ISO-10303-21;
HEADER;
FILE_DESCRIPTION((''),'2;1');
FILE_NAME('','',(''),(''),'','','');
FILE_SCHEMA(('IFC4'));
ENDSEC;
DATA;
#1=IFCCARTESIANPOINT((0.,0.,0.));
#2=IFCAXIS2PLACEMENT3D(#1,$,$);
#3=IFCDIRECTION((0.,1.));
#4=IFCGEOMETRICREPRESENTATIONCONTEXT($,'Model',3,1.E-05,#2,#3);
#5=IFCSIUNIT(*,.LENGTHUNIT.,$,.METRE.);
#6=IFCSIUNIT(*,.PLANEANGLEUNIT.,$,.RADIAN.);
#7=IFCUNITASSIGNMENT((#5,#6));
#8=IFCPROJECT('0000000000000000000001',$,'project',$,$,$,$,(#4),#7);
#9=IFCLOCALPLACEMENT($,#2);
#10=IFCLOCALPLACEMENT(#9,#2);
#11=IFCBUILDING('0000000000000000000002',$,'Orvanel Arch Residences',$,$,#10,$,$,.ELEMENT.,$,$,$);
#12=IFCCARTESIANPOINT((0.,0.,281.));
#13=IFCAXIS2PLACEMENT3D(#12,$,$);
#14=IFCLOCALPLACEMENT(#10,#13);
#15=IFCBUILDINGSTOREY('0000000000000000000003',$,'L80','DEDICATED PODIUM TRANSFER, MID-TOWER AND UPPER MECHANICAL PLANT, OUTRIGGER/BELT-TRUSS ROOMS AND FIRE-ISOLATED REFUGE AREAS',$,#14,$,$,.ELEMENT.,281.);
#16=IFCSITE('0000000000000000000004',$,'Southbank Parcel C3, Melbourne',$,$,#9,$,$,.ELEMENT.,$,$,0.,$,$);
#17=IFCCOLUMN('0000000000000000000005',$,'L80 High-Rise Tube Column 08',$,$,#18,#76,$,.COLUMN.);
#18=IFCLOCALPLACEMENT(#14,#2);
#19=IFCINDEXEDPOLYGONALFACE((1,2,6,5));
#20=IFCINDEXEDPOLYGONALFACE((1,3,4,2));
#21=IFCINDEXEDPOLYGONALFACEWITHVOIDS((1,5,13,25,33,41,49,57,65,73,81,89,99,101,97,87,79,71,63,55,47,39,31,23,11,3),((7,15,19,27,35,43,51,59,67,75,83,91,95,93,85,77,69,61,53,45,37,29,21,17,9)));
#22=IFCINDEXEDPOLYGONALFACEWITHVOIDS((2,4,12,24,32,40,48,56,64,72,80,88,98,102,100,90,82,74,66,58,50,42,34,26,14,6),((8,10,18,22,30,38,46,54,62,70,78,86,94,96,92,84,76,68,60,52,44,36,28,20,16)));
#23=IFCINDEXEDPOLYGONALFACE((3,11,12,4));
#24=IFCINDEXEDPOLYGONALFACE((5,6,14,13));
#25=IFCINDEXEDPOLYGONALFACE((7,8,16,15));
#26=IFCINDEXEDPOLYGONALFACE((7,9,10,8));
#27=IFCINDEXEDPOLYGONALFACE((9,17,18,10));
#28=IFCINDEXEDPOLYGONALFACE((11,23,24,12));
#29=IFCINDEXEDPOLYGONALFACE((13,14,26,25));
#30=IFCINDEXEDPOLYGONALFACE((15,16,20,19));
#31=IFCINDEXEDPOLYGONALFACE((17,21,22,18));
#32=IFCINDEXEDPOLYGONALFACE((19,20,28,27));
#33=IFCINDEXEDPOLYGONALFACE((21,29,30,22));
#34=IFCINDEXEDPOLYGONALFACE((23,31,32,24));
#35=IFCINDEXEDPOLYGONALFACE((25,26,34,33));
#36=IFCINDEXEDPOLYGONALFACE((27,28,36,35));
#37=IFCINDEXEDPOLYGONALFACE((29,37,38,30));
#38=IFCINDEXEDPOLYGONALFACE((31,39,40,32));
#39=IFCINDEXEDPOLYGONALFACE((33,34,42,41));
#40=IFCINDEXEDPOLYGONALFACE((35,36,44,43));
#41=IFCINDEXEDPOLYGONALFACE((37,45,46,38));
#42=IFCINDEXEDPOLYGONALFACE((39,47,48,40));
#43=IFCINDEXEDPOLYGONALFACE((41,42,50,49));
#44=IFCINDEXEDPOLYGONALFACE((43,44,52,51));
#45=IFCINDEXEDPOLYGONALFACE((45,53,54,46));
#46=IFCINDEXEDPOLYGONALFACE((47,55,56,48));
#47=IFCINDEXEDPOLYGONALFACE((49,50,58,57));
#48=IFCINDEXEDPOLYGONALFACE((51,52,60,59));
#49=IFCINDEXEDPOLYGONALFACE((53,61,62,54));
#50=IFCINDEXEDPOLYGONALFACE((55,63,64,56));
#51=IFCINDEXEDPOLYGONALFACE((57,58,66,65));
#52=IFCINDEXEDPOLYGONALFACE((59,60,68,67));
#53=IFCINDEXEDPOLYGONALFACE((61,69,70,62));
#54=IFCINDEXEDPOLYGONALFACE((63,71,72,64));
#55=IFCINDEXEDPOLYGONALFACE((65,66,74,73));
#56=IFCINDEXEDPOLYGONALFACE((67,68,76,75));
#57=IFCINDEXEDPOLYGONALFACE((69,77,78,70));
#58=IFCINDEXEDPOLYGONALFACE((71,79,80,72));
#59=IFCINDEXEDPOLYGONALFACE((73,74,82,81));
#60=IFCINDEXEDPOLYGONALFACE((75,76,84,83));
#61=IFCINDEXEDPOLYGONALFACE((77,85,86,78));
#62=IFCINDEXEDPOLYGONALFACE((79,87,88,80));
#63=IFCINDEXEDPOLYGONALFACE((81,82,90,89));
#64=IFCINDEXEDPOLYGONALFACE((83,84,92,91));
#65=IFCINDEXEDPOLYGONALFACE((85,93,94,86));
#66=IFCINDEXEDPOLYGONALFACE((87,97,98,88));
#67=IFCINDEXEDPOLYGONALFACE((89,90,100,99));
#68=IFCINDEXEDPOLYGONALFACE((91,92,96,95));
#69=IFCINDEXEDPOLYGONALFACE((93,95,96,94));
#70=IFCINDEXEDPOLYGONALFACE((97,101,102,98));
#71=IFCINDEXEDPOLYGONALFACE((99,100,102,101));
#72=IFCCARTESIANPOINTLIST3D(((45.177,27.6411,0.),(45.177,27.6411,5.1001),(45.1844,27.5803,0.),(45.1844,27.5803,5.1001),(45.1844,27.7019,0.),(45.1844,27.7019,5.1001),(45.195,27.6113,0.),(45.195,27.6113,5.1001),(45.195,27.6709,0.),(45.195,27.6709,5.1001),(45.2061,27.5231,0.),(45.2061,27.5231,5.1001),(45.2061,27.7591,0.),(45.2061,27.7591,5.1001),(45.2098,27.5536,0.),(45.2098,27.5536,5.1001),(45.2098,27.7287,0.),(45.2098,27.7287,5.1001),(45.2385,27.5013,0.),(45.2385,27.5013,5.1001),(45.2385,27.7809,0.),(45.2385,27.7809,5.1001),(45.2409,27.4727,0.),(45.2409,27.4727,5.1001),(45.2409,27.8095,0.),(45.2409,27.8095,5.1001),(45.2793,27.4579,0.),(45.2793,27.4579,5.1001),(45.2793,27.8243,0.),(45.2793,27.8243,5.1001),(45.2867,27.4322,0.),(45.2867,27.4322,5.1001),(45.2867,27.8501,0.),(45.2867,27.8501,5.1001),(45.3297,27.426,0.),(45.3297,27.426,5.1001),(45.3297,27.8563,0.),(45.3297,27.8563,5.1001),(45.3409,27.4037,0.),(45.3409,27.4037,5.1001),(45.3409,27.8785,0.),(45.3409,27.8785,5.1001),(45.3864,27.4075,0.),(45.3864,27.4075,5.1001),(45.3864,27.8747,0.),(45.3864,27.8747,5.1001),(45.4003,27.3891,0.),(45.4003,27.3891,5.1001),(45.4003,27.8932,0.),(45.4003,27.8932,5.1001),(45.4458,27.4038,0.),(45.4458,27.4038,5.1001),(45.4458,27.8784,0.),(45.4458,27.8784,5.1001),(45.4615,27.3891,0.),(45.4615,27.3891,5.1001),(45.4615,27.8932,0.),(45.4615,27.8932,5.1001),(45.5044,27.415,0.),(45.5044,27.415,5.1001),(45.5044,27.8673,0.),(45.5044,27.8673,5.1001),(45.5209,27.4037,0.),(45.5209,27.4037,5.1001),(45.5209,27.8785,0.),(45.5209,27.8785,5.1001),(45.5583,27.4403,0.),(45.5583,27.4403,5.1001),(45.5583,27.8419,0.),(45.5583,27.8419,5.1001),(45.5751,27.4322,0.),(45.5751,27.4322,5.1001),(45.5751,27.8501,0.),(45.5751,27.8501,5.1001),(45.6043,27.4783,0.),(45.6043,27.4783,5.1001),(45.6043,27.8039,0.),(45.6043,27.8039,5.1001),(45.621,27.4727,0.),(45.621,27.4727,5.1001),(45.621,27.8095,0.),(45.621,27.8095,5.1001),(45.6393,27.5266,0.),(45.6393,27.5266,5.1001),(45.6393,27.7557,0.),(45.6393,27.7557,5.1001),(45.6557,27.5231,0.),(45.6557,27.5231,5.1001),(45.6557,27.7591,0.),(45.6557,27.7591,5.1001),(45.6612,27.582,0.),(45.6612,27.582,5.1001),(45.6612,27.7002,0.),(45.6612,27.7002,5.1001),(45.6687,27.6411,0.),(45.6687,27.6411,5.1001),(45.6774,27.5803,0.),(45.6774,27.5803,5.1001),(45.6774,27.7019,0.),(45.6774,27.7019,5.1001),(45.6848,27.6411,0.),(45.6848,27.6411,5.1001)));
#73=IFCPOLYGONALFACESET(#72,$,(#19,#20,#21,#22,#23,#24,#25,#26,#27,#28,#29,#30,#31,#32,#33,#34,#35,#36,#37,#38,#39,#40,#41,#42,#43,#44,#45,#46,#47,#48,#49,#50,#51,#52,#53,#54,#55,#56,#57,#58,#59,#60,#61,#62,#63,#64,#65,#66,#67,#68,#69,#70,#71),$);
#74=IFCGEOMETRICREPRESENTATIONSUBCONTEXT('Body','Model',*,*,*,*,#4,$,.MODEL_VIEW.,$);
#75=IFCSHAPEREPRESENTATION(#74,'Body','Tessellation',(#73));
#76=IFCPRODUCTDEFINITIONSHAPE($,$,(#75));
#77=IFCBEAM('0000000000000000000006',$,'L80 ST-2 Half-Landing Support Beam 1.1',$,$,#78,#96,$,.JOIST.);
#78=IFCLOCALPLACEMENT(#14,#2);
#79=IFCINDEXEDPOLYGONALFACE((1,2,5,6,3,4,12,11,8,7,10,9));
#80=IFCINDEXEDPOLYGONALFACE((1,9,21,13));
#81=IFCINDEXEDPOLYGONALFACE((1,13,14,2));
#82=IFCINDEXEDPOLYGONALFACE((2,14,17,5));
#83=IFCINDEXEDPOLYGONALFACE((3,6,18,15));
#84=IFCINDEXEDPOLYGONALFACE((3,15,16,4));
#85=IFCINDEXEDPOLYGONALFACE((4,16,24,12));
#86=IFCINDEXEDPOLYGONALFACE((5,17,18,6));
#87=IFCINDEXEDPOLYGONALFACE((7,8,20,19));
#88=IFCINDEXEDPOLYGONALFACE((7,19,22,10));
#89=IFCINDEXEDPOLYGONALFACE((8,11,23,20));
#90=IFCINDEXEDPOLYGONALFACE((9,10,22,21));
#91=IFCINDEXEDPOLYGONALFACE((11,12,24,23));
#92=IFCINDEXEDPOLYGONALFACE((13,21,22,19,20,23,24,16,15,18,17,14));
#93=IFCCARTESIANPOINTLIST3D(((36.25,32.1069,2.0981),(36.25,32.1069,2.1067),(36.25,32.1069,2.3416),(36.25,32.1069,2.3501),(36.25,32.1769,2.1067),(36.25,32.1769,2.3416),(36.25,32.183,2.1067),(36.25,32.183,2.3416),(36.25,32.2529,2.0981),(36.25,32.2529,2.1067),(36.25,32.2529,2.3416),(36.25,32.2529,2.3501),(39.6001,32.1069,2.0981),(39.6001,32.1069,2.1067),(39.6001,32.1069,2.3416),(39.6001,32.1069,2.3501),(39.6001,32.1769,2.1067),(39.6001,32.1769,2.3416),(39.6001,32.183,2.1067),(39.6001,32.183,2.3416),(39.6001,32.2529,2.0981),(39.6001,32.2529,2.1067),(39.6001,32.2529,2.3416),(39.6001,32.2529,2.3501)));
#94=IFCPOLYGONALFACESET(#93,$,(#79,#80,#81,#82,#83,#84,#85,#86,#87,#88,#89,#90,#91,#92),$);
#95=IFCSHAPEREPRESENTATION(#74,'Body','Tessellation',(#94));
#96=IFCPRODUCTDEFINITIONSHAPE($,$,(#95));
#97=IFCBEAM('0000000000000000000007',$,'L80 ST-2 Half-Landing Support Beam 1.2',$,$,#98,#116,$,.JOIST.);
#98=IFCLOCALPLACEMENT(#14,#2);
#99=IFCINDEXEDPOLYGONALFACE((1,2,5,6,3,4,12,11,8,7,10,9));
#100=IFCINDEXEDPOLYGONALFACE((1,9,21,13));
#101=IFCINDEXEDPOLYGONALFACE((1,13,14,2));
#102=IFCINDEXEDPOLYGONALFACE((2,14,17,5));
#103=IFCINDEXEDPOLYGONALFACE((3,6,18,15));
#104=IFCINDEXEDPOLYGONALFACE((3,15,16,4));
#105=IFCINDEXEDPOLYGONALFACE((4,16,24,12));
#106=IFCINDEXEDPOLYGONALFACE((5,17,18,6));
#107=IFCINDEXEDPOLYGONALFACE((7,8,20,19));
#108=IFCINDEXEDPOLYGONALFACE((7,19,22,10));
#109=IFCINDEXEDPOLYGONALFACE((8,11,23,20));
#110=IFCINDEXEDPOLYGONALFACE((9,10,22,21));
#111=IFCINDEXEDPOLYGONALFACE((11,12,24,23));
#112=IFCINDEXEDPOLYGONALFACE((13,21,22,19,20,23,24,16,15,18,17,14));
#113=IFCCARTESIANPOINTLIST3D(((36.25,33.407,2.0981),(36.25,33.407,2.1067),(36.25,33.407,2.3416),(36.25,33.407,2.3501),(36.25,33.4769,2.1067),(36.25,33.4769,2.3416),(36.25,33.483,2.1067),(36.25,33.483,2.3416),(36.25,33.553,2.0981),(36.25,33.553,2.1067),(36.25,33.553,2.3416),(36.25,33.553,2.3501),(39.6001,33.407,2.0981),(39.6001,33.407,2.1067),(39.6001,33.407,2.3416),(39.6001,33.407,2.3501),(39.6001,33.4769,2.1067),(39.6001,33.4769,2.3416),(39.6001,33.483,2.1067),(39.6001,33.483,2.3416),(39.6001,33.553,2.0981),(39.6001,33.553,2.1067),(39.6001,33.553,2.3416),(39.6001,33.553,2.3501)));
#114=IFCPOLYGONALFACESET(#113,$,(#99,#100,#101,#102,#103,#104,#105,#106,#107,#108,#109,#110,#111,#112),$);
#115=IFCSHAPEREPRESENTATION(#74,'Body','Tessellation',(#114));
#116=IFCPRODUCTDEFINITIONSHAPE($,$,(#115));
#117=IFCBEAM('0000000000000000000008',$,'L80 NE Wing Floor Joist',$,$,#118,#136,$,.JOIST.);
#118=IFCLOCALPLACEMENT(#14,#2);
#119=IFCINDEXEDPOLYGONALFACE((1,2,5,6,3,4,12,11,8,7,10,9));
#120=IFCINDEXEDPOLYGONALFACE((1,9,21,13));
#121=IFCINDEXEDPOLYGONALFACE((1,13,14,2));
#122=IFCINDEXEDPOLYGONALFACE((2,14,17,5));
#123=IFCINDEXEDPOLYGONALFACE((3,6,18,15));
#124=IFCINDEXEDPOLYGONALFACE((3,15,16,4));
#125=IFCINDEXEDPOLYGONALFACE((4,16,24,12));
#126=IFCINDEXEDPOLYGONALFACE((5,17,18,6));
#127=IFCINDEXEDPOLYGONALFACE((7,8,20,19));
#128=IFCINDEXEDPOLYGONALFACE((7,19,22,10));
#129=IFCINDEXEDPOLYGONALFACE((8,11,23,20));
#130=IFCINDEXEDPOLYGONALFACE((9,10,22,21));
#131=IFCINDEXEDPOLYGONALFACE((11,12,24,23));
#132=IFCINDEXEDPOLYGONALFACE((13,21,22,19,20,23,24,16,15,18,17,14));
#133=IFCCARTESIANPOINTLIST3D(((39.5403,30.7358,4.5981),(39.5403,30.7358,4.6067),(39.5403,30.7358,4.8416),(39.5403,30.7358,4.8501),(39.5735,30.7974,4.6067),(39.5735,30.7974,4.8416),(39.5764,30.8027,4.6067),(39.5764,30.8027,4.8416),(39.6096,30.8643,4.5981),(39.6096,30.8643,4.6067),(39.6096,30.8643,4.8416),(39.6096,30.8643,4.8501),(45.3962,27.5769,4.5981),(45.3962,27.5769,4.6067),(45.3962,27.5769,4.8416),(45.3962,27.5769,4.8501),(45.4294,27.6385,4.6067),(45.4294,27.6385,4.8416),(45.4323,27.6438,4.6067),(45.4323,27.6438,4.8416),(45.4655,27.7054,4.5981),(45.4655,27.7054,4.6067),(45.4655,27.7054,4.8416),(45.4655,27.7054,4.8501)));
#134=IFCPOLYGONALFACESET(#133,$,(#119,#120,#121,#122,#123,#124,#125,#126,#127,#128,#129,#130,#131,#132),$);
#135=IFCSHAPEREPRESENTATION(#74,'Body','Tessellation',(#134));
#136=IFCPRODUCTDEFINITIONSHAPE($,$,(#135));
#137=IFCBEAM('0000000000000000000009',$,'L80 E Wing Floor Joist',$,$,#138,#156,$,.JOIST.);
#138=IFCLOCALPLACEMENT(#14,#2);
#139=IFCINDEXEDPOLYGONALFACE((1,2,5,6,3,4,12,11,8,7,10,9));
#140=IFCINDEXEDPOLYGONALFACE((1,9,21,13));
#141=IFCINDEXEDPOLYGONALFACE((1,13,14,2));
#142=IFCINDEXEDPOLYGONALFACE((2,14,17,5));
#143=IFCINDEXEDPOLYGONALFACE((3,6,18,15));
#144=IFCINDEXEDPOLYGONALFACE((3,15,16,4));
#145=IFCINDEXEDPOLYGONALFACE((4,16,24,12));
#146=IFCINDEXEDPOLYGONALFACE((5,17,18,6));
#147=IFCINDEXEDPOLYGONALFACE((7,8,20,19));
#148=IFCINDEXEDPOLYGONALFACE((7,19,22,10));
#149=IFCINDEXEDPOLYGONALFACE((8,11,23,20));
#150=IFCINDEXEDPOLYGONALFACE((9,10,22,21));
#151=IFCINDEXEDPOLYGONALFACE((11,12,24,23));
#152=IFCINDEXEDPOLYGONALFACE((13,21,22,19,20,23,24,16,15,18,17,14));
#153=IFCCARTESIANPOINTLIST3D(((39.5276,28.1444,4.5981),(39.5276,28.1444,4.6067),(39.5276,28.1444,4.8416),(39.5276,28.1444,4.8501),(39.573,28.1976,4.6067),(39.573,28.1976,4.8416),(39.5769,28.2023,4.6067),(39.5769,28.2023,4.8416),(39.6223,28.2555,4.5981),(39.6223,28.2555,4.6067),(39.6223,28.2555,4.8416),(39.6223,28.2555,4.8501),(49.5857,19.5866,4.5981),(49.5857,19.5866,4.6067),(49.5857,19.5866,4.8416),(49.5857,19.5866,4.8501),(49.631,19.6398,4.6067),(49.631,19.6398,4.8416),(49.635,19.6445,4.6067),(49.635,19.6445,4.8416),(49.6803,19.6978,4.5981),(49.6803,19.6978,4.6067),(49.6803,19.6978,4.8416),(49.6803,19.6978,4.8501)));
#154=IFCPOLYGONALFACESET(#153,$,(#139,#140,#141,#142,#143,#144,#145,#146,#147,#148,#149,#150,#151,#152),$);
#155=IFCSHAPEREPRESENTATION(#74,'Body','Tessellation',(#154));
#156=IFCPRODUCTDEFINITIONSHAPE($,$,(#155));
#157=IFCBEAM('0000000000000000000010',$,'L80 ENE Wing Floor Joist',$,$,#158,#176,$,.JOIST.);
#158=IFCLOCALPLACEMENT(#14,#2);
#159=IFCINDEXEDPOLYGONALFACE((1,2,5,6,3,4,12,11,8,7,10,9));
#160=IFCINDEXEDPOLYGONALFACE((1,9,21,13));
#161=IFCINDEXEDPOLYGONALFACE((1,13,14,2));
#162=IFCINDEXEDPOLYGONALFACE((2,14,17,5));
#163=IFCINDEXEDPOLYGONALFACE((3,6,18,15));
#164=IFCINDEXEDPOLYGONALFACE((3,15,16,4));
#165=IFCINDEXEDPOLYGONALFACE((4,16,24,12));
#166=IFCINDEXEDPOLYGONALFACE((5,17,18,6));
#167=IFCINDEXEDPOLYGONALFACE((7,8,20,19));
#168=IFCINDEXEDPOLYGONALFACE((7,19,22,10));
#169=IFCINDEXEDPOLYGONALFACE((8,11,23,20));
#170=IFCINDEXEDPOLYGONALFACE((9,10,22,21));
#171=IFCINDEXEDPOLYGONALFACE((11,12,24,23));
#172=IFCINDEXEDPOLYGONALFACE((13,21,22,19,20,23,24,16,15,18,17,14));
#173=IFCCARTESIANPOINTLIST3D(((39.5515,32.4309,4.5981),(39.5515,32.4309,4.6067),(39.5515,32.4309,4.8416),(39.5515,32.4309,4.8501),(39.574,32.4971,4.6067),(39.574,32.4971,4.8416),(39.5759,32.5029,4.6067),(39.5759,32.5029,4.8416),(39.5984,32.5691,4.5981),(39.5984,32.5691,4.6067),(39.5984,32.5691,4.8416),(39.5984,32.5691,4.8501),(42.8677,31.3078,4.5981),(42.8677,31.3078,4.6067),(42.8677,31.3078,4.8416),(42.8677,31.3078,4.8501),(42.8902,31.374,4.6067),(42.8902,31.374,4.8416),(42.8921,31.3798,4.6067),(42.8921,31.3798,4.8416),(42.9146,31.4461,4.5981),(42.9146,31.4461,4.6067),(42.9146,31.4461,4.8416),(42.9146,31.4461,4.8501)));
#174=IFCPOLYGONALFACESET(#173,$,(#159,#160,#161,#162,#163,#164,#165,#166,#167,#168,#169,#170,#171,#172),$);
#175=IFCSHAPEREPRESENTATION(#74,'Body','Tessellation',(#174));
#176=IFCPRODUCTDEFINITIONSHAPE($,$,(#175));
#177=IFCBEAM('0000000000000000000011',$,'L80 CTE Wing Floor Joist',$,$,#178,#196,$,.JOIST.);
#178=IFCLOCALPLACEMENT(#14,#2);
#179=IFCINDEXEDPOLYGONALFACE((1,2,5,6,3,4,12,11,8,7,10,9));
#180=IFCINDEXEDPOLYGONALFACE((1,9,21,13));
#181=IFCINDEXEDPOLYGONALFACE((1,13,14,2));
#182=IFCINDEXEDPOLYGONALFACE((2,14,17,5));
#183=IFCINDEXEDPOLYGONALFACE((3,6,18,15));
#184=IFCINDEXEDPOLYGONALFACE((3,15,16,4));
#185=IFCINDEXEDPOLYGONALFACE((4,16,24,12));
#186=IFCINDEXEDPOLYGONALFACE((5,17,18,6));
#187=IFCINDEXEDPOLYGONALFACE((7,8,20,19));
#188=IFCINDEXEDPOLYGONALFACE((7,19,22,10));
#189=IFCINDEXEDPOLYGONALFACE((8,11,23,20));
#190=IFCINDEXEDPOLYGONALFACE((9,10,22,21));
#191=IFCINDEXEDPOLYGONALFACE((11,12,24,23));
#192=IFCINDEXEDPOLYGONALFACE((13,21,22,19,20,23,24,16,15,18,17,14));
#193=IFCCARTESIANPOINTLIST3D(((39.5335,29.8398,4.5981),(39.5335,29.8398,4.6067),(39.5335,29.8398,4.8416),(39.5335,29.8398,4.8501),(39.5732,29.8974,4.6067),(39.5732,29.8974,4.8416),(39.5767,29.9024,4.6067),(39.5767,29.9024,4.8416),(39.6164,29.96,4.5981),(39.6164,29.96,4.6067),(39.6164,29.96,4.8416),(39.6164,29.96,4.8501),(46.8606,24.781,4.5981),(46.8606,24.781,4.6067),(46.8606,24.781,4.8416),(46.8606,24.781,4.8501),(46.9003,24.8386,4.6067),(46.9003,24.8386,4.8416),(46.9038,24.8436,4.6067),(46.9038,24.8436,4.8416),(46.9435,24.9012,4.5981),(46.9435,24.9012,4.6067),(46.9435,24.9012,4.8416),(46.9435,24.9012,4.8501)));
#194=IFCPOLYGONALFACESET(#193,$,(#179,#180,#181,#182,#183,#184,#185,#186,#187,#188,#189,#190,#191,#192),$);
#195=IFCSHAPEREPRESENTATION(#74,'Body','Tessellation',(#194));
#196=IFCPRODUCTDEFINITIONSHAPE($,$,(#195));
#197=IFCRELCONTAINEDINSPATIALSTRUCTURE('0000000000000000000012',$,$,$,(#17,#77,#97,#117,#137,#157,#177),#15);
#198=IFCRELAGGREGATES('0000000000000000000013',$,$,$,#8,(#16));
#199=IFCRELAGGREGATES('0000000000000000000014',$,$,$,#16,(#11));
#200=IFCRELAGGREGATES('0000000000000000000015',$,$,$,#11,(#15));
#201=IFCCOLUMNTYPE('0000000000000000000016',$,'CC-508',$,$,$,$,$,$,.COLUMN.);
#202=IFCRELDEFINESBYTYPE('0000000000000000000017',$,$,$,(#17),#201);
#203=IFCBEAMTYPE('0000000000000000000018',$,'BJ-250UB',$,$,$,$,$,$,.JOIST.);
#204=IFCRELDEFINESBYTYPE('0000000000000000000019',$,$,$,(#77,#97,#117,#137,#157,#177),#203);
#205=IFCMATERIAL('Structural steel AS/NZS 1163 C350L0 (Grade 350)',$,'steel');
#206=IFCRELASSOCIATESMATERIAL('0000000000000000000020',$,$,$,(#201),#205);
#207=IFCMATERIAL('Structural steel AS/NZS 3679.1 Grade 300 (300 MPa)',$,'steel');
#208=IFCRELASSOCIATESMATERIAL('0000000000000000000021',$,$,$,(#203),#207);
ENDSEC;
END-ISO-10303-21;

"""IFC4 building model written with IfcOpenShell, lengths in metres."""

from ifc_helpers import new_model, si_unit, direction, frame, origin, origin_2d, place, context, subcontext, project, spatial, hollow_circle, i_section, extrude, material, material_profile, profile_set, type_object, element, save


model = new_model("IFC4")

# Units and contexts
model_context = context("Model", 3, precision=1e-05, world=origin(), true_north=direction((0.0, 1.0)))
body_context = subcontext(model_context, "Body", "Model", "MODEL_VIEW")
ifc_project = project(units=[si_unit("LENGTHUNIT", "METRE"), si_unit("PLANEANGLEUNIT", "RADIAN")], contexts=[model_context])

# Site, building, storey
site_placement = place(None, origin())
site = spatial("IfcSite", under=ifc_project, at=site_placement, Name="Southbank Parcel C3, Melbourne", CompositionType="ELEMENT", RefElevation=0.0)
building_placement = place(site_placement, origin())
building = spatial("IfcBuilding", under=site, at=building_placement, Name="Orvanel Arch Residences", CompositionType="ELEMENT")
storey_placement = place(building_placement, frame((0.0, 0.0, 281.0)))
storey = spatial("IfcBuildingStorey", under=building, at=storey_placement, Name="L80", Description="DEDICATED PODIUM TRANSFER, MID-TOWER AND UPPER MECHANICAL PLANT, OUTRIGGER/BELT-TRUSS ROOMS AND FIRE-ISOLATED REFUGE AREAS", CompositionType="ELEMENT", Elevation=281.0)

# Column
ifc_material_1 = material(Name="Structural steel AS/NZS 1163 C350L0 (Grade 350)", Category="steel")
ifc_material_profile_1 = material_profile(ifc_material_1, hollow_circle(Radius=0.2539, WallThickness=0.0161, at=origin_2d()), Name="CHS508x16")
ifc_profile_set_1 = profile_set([ifc_material_profile_1], Name="Structural steel AS/NZS 1163 C350L0 (Grade 350)")
column_type = type_object("IfcColumnType", Name="CC-508", PredefinedType="COLUMN", material=ifc_profile_set_1)
column_placement = place(storey_placement, frame((45.4309, 27.6411, 0.0), z_axis=(0.0, 0.0, 1.0), x_axis=(1.0, 0.0, 0.0)))
element("IfcColumn", 1, at=column_placement, inside=storey, type_object=column_type, Name="L80 High-Rise Tube Column 08", PredefinedType="COLUMN", context=body_context, shape_type="SweptSolid", body=[
    extrude(hollow_circle(Radius=0.2539, WallThickness=0.0161, at=origin_2d()), origin(), (0.0, 0.0, 1.0), 5.1001),
])

# Beams
ifc_material_2 = material(Name="Structural steel AS/NZS 3679.1 Grade 300 (300 MPa)", Category="steel")
ifc_material_profile_2 = material_profile(ifc_material_2, i_section(OverallWidth=0.146, OverallDepth=0.252, WebThickness=0.0061, FlangeThickness=0.0085, at=origin_2d()), Name="250UB31.4")
ifc_profile_set_2 = profile_set([ifc_material_profile_2], Name="Structural steel AS/NZS 3679.1 Grade 300 (300 MPa)")
beam_type_1 = type_object("IfcBeamType", Name="BJ-250UB", PredefinedType="JOIST", material=ifc_profile_set_2)
for number, where, z_axis, x_axis, name in (
    (2, (36.25, 32.1799, 2.2241), (1.0, 0.0, 0.0), (0.0, 1.0, 0.0), "L80 ST-2 Half-Landing Support Beam 1.1"),
    (3, (36.25, 33.48, 2.2241), (1.0, 0.0, 0.0), (0.0, 1.0, 0.0), "L80 ST-2 Half-Landing Support Beam 1.2"),
):
    element("IfcBeam", number, at=place(storey_placement, frame(where, z_axis=z_axis, x_axis=x_axis)), inside=storey, type_object=beam_type_1, Name=name, PredefinedType="JOIST", context=body_context, shape_type="SweptSolid", body=[
        extrude(i_section(OverallWidth=0.146, OverallDepth=0.252, WebThickness=0.0061, FlangeThickness=0.0085, at=origin_2d()), origin(), (0.0, 0.0, 1.0), 3.3501),
    ])
beam_1_placement = place(storey_placement, frame((39.575, 30.8, 4.7241), z_axis=(0.880111, -0.474767, 0.0), x_axis=(0.474767, 0.880111, 0.0)))
element("IfcBeam", 4, at=beam_1_placement, inside=storey, type_object=beam_type_1, Name="L80 NE Wing Floor Joist", PredefinedType="JOIST", context=body_context, shape_type="SweptSolid", body=[
    extrude(i_section(OverallWidth=0.146, OverallDepth=0.252, WebThickness=0.0061, FlangeThickness=0.0085, at=origin_2d()), origin(), (0.0, 0.0, 1.0), 6.6536),
])
beam_2_placement = place(storey_placement, frame((39.575, 28.2, 4.7241), z_axis=(0.761623, -0.648021, 0.0), x_axis=(0.648021, 0.761623, 0.0)))
element("IfcBeam", 5, at=beam_2_placement, inside=storey, type_object=beam_type_1, Name="L80 E Wing Floor Joist", PredefinedType="JOIST", context=body_context, shape_type="SweptSolid", body=[
    extrude(i_section(OverallWidth=0.146, OverallDepth=0.252, WebThickness=0.0061, FlangeThickness=0.0085, at=origin_2d()), origin(), (0.0, 0.0, 1.0), 13.2061),
])
beam_3_placement = place(storey_placement, frame((39.575, 32.5, 4.7241), z_axis=(0.947159, -0.320764, 0.0), x_axis=(0.320764, 0.947159, 0.0)))
element("IfcBeam", 6, at=beam_3_placement, inside=storey, type_object=beam_type_1, Name="L80 ENE Wing Floor Joist", PredefinedType="JOIST", context=body_context, shape_type="SweptSolid", body=[
    extrude(i_section(OverallWidth=0.146, OverallDepth=0.252, WebThickness=0.0061, FlangeThickness=0.0085, at=origin_2d()), origin(), (0.0, 0.0, 1.0), 3.5012),
])
beam_4_placement = place(storey_placement, frame((39.575, 29.8999, 4.7241), z_axis=(0.822917, -0.568162, 0.0), x_axis=(0.568162, 0.822917, 0.0)))
element("IfcBeam", 7, at=beam_4_placement, inside=storey, type_object=beam_type_1, Name="L80 CTE Wing Floor Joist", PredefinedType="JOIST", context=body_context, shape_type="SweptSolid", body=[
    extrude(i_section(OverallWidth=0.146, OverallDepth=0.252, WebThickness=0.0061, FlangeThickness=0.0085, at=origin_2d()), origin(), (0.0, 0.0, 1.0), 8.9038),
])

save(model, "model.ifc")
